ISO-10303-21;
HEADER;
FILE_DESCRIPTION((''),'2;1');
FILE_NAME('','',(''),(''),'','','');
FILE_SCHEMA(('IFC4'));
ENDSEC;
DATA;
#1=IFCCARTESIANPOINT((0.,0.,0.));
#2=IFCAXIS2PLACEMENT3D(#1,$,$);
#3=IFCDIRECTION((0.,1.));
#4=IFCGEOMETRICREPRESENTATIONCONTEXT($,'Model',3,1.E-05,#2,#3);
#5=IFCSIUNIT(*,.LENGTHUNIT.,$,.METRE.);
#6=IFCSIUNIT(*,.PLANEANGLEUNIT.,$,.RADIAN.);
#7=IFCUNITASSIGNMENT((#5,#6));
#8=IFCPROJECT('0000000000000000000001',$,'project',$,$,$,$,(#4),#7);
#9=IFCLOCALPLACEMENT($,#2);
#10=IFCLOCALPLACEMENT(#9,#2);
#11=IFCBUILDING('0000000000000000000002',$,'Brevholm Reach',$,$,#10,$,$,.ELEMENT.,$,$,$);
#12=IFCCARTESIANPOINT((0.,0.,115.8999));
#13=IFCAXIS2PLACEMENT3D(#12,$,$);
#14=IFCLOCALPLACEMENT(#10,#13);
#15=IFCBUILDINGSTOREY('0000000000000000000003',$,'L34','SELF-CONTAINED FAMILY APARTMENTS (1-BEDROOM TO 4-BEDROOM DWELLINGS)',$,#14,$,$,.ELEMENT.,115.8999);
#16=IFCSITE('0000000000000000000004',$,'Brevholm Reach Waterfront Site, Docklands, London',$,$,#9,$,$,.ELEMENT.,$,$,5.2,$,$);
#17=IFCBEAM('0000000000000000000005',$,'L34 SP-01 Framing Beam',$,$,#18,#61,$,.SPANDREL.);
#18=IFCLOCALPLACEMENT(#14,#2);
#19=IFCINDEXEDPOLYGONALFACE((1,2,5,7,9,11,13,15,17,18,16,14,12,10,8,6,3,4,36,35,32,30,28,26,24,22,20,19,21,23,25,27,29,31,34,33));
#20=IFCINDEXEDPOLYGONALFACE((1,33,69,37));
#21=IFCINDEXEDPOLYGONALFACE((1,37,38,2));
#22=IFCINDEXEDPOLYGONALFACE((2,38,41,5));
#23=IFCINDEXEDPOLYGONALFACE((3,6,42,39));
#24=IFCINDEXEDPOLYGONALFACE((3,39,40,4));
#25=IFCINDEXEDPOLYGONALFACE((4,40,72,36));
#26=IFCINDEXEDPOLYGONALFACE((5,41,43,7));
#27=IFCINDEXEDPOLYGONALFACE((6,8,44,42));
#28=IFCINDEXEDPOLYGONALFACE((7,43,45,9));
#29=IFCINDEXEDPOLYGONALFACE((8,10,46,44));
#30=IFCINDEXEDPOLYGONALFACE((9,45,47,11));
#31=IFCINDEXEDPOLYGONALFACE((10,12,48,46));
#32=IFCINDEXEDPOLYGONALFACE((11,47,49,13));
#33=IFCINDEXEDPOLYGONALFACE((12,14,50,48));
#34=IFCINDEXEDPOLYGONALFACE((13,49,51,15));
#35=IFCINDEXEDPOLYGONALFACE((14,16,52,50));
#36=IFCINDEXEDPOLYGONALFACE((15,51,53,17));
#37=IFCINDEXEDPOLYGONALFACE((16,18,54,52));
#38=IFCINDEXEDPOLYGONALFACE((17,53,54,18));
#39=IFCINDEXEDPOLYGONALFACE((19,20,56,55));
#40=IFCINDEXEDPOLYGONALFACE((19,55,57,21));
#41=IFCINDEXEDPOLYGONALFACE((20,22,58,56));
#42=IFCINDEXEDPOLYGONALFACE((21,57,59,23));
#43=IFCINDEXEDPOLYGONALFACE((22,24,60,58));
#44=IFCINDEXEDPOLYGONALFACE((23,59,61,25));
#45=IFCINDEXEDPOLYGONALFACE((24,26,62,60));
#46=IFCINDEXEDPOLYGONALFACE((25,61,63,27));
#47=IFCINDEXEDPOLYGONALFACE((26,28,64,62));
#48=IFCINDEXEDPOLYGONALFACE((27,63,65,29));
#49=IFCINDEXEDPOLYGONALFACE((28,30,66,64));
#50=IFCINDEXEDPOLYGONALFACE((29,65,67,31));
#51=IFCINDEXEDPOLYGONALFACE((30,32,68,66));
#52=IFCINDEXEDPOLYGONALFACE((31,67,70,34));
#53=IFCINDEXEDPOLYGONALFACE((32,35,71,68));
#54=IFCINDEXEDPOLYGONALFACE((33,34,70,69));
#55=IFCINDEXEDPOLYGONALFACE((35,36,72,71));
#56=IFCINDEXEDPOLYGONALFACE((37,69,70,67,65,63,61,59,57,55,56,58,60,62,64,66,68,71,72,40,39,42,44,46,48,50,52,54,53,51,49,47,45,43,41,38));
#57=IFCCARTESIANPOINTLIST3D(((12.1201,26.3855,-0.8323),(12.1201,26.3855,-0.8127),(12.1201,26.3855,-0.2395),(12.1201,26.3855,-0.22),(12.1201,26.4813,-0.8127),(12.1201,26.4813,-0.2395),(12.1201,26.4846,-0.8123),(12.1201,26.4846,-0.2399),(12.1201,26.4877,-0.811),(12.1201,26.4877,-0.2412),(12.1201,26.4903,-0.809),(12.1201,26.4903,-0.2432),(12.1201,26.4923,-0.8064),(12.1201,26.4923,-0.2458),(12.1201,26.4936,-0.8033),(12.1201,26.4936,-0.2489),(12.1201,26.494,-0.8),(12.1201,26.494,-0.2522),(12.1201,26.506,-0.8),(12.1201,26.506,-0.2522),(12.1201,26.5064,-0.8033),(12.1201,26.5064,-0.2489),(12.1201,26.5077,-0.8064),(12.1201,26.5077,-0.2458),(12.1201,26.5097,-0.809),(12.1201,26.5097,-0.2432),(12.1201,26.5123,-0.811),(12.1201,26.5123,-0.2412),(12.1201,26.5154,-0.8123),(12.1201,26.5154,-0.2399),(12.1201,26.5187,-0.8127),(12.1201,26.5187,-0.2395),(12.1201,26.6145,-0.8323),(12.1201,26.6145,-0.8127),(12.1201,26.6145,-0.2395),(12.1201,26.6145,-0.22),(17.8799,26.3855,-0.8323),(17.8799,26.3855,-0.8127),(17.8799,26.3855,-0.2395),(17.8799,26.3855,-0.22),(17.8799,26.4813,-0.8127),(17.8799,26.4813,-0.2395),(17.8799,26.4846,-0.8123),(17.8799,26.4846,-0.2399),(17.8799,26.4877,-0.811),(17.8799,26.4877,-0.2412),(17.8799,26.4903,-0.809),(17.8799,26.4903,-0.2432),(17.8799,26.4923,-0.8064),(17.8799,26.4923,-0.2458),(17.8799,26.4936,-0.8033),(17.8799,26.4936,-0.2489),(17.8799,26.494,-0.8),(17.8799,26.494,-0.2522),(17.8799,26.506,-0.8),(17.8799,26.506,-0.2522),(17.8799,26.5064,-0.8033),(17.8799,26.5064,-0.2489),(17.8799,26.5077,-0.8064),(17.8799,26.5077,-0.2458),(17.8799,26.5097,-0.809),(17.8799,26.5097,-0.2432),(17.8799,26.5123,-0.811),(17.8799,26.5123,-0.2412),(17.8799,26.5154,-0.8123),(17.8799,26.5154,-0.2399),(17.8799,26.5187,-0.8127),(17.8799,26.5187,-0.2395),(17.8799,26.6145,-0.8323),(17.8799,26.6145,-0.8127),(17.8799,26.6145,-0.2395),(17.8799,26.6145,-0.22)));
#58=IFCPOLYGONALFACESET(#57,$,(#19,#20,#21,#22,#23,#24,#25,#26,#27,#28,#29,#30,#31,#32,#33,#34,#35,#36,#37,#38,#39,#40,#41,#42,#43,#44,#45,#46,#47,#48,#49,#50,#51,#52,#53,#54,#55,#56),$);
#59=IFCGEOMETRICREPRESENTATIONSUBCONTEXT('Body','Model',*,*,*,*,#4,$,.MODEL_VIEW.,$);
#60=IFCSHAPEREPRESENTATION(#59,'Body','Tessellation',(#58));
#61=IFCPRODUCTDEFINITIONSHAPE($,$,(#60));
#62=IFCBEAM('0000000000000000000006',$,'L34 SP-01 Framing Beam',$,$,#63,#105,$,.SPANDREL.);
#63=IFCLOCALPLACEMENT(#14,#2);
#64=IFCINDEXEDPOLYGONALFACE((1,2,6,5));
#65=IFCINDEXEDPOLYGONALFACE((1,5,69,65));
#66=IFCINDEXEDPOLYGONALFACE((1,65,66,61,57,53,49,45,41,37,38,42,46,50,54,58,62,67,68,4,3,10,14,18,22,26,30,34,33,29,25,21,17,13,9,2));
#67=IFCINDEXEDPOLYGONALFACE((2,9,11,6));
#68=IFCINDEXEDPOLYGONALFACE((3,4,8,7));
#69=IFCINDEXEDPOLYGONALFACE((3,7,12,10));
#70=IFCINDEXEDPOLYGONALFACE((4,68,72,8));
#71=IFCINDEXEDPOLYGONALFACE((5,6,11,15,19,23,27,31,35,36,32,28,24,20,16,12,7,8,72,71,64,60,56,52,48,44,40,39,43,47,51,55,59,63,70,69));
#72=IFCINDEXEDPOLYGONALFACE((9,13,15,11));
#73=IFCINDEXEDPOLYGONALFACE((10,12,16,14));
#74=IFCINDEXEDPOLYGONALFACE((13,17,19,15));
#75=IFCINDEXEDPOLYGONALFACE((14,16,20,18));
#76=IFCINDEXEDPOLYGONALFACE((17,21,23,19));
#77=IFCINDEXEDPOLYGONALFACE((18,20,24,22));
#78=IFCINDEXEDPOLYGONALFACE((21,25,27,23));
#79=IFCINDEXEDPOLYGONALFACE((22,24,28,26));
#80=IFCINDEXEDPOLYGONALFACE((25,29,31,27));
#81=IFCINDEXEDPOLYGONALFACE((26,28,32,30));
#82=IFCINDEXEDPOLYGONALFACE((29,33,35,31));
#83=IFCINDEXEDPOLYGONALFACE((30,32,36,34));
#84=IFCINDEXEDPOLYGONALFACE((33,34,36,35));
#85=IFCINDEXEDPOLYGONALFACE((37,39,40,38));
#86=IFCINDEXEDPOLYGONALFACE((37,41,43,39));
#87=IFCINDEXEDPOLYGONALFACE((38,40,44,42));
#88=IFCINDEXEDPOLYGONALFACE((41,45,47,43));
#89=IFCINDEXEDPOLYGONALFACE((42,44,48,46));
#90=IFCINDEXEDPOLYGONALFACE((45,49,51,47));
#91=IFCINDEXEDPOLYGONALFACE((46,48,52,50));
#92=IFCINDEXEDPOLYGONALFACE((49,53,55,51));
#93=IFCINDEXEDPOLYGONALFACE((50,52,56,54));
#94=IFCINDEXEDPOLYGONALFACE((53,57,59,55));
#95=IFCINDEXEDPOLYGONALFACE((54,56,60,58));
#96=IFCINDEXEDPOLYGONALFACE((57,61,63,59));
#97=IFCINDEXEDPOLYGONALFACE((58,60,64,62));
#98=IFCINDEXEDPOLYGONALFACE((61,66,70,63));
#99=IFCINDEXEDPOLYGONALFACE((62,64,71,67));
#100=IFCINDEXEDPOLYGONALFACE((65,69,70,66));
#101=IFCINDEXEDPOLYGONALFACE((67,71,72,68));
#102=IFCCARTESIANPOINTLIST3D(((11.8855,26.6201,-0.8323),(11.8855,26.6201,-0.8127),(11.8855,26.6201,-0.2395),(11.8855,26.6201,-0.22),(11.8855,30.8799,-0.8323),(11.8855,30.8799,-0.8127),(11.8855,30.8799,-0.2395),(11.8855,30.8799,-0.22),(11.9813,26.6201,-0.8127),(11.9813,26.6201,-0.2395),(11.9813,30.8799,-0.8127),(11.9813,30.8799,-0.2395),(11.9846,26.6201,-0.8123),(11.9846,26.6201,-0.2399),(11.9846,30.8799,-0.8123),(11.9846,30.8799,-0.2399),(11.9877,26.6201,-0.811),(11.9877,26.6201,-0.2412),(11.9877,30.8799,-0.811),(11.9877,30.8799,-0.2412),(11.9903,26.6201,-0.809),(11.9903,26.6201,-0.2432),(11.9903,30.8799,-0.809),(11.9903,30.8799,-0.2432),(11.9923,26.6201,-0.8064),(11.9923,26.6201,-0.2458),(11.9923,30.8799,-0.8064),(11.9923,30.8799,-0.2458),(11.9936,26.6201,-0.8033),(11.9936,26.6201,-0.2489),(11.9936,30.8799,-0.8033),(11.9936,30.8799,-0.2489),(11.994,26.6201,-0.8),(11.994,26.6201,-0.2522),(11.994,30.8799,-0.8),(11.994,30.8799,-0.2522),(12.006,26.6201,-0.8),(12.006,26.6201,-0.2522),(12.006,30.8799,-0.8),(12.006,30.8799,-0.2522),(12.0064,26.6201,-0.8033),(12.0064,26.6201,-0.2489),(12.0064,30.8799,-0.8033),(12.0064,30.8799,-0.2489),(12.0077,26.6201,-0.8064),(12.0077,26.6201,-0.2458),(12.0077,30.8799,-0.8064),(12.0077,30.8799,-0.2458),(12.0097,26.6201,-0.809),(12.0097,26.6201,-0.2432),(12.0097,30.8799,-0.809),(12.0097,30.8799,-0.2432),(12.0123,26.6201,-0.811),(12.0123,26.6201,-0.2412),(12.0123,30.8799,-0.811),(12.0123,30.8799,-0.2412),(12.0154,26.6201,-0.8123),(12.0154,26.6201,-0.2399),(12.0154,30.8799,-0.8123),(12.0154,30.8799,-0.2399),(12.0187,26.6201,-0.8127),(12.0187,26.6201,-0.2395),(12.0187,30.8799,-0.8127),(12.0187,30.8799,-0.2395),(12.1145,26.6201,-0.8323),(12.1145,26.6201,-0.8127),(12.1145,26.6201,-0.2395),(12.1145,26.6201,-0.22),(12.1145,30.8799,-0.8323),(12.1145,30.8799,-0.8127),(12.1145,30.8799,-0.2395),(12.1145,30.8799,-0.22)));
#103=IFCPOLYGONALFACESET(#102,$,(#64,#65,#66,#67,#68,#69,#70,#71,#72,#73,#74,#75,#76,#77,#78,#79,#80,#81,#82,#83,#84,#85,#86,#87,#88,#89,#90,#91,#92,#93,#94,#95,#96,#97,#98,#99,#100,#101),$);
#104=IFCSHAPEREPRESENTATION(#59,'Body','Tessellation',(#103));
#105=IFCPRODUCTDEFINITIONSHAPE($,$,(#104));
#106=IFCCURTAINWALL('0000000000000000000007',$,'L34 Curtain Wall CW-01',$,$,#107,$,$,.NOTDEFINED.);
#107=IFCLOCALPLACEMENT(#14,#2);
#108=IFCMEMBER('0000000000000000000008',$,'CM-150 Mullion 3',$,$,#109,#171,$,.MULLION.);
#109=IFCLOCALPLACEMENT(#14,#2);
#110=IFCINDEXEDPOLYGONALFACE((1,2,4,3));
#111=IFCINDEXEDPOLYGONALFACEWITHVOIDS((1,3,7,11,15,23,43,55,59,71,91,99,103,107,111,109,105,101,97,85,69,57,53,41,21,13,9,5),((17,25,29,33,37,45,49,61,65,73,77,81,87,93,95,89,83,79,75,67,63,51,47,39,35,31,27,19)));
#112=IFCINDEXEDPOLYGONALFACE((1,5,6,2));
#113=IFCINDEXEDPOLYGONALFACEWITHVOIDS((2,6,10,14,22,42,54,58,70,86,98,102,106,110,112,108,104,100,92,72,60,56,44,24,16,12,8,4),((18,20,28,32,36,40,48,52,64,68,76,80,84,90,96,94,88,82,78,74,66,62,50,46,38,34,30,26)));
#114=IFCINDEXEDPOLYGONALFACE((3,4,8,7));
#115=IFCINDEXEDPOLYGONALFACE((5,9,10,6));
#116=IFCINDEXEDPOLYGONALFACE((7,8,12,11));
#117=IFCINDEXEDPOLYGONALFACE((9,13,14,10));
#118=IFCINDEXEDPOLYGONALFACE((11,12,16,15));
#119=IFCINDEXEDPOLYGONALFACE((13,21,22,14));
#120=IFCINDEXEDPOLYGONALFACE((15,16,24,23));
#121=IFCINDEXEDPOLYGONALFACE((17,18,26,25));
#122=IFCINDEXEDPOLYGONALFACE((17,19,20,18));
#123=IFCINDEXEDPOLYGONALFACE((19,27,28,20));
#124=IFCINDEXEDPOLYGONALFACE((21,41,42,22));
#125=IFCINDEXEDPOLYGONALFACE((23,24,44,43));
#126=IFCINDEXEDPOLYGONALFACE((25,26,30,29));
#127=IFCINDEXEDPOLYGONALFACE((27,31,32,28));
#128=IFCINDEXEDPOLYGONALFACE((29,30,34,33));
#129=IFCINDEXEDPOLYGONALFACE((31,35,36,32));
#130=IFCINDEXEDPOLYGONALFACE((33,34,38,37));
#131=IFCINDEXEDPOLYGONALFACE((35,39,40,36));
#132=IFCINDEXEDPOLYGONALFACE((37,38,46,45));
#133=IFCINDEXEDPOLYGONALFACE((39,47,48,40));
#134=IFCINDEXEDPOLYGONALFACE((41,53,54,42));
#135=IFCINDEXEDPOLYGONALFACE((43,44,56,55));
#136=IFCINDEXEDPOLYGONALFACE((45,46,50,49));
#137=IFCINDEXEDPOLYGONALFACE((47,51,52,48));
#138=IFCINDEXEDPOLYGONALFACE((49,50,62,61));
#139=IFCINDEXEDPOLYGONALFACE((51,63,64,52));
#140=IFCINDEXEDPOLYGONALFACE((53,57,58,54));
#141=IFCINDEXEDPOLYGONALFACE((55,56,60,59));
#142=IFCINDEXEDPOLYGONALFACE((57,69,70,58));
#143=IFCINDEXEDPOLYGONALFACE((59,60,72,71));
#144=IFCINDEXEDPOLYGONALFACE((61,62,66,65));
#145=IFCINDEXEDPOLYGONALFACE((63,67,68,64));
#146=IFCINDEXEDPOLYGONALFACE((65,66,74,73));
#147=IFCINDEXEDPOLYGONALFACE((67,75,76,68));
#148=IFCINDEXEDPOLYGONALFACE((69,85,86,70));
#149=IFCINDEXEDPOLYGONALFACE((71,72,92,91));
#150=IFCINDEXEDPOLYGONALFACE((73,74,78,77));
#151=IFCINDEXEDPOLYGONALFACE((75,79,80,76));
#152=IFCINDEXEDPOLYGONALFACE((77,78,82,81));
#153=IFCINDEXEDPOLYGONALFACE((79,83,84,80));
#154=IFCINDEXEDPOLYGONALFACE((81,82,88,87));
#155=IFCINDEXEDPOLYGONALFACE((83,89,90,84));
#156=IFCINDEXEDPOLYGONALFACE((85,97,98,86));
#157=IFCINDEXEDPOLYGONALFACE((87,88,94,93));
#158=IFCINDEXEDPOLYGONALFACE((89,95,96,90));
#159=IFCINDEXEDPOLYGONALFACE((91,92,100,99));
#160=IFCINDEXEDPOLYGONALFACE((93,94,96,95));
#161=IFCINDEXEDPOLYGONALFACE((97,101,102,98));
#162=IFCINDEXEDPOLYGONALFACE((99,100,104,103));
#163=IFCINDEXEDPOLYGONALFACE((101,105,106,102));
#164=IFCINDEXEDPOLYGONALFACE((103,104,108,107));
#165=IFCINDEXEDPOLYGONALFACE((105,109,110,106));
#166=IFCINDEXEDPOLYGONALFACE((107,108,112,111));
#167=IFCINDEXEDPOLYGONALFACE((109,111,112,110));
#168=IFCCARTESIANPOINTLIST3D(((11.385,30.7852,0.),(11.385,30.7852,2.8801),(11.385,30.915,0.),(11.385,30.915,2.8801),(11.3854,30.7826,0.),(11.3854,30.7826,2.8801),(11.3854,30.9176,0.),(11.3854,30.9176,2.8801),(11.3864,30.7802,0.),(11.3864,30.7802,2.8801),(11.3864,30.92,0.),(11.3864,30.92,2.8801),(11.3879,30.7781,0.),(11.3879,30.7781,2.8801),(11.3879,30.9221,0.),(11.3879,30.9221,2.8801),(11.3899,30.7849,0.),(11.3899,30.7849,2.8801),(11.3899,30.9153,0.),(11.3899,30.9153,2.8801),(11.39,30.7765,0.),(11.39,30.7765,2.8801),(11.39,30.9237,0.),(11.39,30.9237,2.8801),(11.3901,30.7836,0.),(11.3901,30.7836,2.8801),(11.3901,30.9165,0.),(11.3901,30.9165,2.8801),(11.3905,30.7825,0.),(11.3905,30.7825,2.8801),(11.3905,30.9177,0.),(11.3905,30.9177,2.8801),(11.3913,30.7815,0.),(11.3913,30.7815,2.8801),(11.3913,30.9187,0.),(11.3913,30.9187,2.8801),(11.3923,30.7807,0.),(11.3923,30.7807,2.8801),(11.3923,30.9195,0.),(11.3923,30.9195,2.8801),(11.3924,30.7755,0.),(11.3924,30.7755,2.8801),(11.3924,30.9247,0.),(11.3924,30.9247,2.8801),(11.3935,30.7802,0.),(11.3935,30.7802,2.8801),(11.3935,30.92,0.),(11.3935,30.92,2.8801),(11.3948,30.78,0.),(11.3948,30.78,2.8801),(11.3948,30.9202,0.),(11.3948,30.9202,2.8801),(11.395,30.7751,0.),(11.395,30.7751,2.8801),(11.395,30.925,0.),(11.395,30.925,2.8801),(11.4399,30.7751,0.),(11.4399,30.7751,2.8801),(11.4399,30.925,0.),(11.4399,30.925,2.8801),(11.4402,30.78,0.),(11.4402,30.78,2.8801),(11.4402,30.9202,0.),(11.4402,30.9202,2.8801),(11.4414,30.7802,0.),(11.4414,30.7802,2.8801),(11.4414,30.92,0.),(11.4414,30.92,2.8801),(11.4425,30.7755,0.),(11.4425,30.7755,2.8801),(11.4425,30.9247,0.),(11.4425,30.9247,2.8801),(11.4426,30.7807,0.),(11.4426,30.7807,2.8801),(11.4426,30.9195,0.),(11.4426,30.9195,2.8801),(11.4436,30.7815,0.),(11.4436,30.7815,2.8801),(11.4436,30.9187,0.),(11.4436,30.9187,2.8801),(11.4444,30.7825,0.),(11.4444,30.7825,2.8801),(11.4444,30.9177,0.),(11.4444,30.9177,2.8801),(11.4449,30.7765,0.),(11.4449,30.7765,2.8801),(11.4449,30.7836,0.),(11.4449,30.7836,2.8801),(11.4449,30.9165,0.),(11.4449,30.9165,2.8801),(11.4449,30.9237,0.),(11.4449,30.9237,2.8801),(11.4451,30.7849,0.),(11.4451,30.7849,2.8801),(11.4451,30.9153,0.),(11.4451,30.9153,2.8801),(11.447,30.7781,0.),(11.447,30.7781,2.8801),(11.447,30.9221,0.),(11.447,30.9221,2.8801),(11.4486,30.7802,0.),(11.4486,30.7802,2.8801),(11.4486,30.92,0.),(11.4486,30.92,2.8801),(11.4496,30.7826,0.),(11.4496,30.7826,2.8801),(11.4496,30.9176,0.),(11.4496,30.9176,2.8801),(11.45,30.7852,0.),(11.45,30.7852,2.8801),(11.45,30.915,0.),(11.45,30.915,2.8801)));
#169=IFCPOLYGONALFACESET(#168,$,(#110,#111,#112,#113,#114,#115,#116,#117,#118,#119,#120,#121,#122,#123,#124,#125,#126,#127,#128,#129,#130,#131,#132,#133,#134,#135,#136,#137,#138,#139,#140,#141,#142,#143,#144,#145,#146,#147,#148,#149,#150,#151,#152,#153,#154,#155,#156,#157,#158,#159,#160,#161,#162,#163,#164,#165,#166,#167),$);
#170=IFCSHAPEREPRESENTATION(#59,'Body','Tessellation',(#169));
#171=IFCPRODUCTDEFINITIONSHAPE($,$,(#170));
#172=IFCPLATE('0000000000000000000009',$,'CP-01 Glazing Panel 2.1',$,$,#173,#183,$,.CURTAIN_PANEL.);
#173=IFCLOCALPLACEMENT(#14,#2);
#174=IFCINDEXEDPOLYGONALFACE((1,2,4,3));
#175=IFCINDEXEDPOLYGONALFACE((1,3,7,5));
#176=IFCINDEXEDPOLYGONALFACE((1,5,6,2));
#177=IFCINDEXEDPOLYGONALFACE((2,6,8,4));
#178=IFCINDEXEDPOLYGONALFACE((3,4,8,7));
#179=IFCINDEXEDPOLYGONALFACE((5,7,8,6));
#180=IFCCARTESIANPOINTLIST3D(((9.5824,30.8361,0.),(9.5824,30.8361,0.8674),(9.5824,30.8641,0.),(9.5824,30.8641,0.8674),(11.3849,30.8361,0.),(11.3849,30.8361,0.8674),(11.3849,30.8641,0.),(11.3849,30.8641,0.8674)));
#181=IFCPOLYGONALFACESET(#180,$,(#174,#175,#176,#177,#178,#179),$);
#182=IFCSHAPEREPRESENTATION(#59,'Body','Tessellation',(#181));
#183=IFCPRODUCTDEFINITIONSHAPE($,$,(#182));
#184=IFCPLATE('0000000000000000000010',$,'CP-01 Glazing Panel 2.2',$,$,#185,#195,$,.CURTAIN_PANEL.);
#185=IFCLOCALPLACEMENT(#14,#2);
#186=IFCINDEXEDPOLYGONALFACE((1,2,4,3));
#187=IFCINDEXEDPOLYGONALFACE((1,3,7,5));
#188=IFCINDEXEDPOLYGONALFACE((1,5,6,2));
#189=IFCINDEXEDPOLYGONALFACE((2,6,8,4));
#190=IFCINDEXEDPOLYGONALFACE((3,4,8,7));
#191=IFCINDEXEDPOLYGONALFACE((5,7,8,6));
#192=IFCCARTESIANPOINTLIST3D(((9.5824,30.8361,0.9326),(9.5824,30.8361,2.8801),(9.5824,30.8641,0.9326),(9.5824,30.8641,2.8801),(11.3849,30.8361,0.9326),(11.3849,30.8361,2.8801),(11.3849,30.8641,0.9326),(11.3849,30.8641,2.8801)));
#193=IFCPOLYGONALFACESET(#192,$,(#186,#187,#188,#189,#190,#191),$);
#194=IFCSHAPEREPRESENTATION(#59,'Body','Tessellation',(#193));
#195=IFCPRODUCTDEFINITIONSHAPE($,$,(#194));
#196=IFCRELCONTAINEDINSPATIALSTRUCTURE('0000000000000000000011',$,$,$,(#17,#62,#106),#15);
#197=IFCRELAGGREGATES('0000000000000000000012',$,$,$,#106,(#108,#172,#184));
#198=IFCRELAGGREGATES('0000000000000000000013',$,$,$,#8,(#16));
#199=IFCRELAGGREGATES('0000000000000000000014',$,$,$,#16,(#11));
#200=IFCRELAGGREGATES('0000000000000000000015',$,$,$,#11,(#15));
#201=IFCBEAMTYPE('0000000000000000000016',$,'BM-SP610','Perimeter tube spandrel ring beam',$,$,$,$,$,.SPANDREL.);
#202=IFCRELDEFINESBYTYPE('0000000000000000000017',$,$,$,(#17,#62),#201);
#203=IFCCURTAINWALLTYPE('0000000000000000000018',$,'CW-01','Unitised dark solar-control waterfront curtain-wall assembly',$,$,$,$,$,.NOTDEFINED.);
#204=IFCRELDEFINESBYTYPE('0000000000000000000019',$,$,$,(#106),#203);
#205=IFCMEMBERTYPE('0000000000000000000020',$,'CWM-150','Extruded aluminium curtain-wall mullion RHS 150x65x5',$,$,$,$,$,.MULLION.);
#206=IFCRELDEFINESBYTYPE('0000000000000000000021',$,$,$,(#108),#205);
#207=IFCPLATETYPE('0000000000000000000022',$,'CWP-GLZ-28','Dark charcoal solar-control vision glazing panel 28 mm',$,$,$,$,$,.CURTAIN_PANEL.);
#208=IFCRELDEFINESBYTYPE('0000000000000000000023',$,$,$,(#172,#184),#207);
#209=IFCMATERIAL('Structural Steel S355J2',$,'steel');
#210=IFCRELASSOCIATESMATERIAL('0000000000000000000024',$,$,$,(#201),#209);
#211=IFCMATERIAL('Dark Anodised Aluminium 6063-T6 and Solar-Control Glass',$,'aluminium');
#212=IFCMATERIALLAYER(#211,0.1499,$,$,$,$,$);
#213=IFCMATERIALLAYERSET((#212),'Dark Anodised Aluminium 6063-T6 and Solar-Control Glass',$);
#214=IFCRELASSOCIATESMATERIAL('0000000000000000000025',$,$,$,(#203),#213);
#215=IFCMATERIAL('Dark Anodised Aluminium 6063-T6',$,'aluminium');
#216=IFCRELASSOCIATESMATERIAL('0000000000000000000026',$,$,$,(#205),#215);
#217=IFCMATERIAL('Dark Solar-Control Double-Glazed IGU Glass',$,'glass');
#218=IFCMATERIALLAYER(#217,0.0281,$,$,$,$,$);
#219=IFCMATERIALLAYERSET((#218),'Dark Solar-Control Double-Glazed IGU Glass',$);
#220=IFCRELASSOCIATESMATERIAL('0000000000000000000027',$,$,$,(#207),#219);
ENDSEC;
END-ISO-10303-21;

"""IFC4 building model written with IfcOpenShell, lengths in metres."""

from ifc_helpers import new_model, si_unit, direction, frame, origin, origin_2d, place, context, subcontext, project, spatial, rectangle, hollow_rectangle, i_section, extrude, material, layer, layer_set, material_profile, profile_set, type_object, element, aggregate, save


model = new_model("IFC4")

# Units and contexts
model_context = context("Model", 3, precision=1e-05, world=origin(), true_north=direction((0.0, 1.0)))
body_context = subcontext(model_context, "Body", "Model", "MODEL_VIEW")
ifc_project = project(units=[si_unit("LENGTHUNIT", "METRE"), si_unit("PLANEANGLEUNIT", "RADIAN")], contexts=[model_context])

# Site, building, storey
site_placement = place(None, origin())
site = spatial("IfcSite", under=ifc_project, at=site_placement, Name="Brevholm Reach Waterfront Site, Docklands, London", CompositionType="ELEMENT", RefElevation=5.2)
building_placement = place(site_placement, origin())
building = spatial("IfcBuilding", under=site, at=building_placement, Name="Brevholm Reach", CompositionType="ELEMENT")
storey_placement = place(building_placement, frame((0.0, 0.0, 115.8999)))
storey = spatial("IfcBuildingStorey", under=building, at=storey_placement, Name="L34", Description="SELF-CONTAINED FAMILY APARTMENTS (1-BEDROOM TO 4-BEDROOM DWELLINGS)", CompositionType="ELEMENT", Elevation=115.8999)

# Beams
ifc_material_1 = material(Name="Structural Steel S355J2", Category="steel")
ifc_material_profile_1 = material_profile(ifc_material_1, i_section(OverallWidth=0.229, OverallDepth=0.6123, WebThickness=0.012, FlangeThickness=0.0195, FilletRadius=0.0127, at=origin_2d()), Name="UKB 610x229x125")
ifc_profile_set_1 = profile_set([ifc_material_profile_1], Name="Structural Steel S355J2")
beam_type_1 = type_object("IfcBeamType", Name="BM-SP610", Description="Perimeter tube spandrel ring beam", PredefinedType="SPANDREL", material=ifc_profile_set_1)
beam_1_placement = place(storey_placement, frame((12.1201, 26.5, -0.5261), z_axis=(1.0, 0.0, 0.0), x_axis=(0.0, 1.0, 0.0)))
element("IfcBeam", 1, at=beam_1_placement, inside=storey, type_object=beam_type_1, Name="L34 SP-01 Framing Beam", PredefinedType="SPANDREL", context=body_context, shape_type="SweptSolid", body=[
    extrude(i_section(OverallWidth=0.229, OverallDepth=0.6123, WebThickness=0.012, FlangeThickness=0.0195, FilletRadius=0.0127, at=origin_2d()), origin(), (0.0, 0.0, 1.0), 5.7598),
])
beam_2_placement = place(storey_placement, frame((12.0, 26.6201, -0.5261), z_axis=(0.0, 1.0, 0.0), x_axis=(-1.0, 0.0, 0.0)))
element("IfcBeam", 2, at=beam_2_placement, inside=storey, type_object=beam_type_1, Name="L34 SP-01 Framing Beam", PredefinedType="SPANDREL", context=body_context, shape_type="SweptSolid", body=[
    extrude(i_section(OverallWidth=0.229, OverallDepth=0.6123, WebThickness=0.012, FlangeThickness=0.0195, FilletRadius=0.0127, at=origin_2d()), origin(), (0.0, 0.0, 1.0), 4.2598),
])

# Curtain wall, member, plates
ifc_material_2 = material(Name="Dark Anodised Aluminium 6063-T6 and Solar-Control Glass", Category="aluminium")
ifc_layer_1 = layer(ifc_material_2, 0.1499)
ifc_layer_set_1 = layer_set([ifc_layer_1], Name="Dark Anodised Aluminium 6063-T6 and Solar-Control Glass")
curtain_wall_type = type_object("IfcCurtainWallType", Name="CW-01", Description="Unitised dark solar-control waterfront curtain-wall assembly", PredefinedType="NOTDEFINED", material=ifc_layer_set_1)
curtain_wall_placement = place(storey_placement, origin())
curtain_wall = element("IfcCurtainWall", 3, at=curtain_wall_placement, inside=storey, type_object=curtain_wall_type, Name="L34 Curtain Wall CW-01", PredefinedType="NOTDEFINED")
ifc_material_3 = material(Name="Dark Anodised Aluminium 6063-T6", Category="aluminium")
ifc_material_profile_2 = material_profile(ifc_material_3, hollow_rectangle(XDim=0.0649, YDim=0.1499, WallThickness=0.0049, InnerFilletRadius=0.0049, OuterFilletRadius=0.01, at=origin_2d()), Name="RHS 150x65x5")
ifc_profile_set_2 = profile_set([ifc_material_profile_2], Name="Dark Anodised Aluminium 6063-T6")
member_type = type_object("IfcMemberType", Name="CWM-150", Description="Extruded aluminium curtain-wall mullion RHS 150x65x5", PredefinedType="MULLION", material=ifc_profile_set_2)
member_placement = place(storey_placement, frame((11.4175, 30.8501, 0.0), z_axis=(0.0, 0.0, 1.0), x_axis=(1.0, 0.0, 0.0)))
member = element("IfcMember", 4, at=member_placement, type_object=member_type, Name="CM-150 Mullion 3", PredefinedType="MULLION", context=body_context, shape_type="SweptSolid", body=[
    extrude(hollow_rectangle(XDim=0.0649, YDim=0.1499, WallThickness=0.0049, InnerFilletRadius=0.0049, OuterFilletRadius=0.01, at=origin_2d()), origin(), (0.0, 0.0, 1.0), 2.8801),
])
ifc_material_4 = material(Name="Dark Solar-Control Double-Glazed IGU Glass", Category="glass")
ifc_layer_2 = layer(ifc_material_4, 0.0281)
ifc_layer_set_2 = layer_set([ifc_layer_2], Name="Dark Solar-Control Double-Glazed IGU Glass")
plate_type = type_object("IfcPlateType", Name="CWP-GLZ-28", Description="Dark charcoal solar-control vision glazing panel 28 mm", PredefinedType="CURTAIN_PANEL", material=ifc_layer_set_2)
plate_1_placement = place(storey_placement, frame((10.4836, 30.8501, 0.0), z_axis=(0.0, 0.0, 1.0), x_axis=(1.0, 0.0, 0.0)))
plate_1 = element("IfcPlate", 5, at=plate_1_placement, type_object=plate_type, Name="CP-01 Glazing Panel 2.1", PredefinedType="CURTAIN_PANEL", context=body_context, shape_type="SweptSolid", body=[
    extrude(rectangle(XDim=1.8025, YDim=0.0281, at=origin_2d()), origin(), (0.0, 0.0, 1.0), 0.8674),
])
plate_2_placement = place(storey_placement, frame((10.4836, 30.8501, 0.9326), z_axis=(0.0, 0.0, 1.0), x_axis=(1.0, 0.0, 0.0)))
plate_2 = element("IfcPlate", 6, at=plate_2_placement, type_object=plate_type, Name="CP-01 Glazing Panel 2.2", PredefinedType="CURTAIN_PANEL", context=body_context, shape_type="SweptSolid", body=[
    extrude(rectangle(XDim=1.8025, YDim=0.0281, at=origin_2d()), origin(), (0.0, 0.0, 1.0), 1.9475),
])
aggregate(curtain_wall, [member, plate_1, plate_2])

save(model, "model.ifc")
